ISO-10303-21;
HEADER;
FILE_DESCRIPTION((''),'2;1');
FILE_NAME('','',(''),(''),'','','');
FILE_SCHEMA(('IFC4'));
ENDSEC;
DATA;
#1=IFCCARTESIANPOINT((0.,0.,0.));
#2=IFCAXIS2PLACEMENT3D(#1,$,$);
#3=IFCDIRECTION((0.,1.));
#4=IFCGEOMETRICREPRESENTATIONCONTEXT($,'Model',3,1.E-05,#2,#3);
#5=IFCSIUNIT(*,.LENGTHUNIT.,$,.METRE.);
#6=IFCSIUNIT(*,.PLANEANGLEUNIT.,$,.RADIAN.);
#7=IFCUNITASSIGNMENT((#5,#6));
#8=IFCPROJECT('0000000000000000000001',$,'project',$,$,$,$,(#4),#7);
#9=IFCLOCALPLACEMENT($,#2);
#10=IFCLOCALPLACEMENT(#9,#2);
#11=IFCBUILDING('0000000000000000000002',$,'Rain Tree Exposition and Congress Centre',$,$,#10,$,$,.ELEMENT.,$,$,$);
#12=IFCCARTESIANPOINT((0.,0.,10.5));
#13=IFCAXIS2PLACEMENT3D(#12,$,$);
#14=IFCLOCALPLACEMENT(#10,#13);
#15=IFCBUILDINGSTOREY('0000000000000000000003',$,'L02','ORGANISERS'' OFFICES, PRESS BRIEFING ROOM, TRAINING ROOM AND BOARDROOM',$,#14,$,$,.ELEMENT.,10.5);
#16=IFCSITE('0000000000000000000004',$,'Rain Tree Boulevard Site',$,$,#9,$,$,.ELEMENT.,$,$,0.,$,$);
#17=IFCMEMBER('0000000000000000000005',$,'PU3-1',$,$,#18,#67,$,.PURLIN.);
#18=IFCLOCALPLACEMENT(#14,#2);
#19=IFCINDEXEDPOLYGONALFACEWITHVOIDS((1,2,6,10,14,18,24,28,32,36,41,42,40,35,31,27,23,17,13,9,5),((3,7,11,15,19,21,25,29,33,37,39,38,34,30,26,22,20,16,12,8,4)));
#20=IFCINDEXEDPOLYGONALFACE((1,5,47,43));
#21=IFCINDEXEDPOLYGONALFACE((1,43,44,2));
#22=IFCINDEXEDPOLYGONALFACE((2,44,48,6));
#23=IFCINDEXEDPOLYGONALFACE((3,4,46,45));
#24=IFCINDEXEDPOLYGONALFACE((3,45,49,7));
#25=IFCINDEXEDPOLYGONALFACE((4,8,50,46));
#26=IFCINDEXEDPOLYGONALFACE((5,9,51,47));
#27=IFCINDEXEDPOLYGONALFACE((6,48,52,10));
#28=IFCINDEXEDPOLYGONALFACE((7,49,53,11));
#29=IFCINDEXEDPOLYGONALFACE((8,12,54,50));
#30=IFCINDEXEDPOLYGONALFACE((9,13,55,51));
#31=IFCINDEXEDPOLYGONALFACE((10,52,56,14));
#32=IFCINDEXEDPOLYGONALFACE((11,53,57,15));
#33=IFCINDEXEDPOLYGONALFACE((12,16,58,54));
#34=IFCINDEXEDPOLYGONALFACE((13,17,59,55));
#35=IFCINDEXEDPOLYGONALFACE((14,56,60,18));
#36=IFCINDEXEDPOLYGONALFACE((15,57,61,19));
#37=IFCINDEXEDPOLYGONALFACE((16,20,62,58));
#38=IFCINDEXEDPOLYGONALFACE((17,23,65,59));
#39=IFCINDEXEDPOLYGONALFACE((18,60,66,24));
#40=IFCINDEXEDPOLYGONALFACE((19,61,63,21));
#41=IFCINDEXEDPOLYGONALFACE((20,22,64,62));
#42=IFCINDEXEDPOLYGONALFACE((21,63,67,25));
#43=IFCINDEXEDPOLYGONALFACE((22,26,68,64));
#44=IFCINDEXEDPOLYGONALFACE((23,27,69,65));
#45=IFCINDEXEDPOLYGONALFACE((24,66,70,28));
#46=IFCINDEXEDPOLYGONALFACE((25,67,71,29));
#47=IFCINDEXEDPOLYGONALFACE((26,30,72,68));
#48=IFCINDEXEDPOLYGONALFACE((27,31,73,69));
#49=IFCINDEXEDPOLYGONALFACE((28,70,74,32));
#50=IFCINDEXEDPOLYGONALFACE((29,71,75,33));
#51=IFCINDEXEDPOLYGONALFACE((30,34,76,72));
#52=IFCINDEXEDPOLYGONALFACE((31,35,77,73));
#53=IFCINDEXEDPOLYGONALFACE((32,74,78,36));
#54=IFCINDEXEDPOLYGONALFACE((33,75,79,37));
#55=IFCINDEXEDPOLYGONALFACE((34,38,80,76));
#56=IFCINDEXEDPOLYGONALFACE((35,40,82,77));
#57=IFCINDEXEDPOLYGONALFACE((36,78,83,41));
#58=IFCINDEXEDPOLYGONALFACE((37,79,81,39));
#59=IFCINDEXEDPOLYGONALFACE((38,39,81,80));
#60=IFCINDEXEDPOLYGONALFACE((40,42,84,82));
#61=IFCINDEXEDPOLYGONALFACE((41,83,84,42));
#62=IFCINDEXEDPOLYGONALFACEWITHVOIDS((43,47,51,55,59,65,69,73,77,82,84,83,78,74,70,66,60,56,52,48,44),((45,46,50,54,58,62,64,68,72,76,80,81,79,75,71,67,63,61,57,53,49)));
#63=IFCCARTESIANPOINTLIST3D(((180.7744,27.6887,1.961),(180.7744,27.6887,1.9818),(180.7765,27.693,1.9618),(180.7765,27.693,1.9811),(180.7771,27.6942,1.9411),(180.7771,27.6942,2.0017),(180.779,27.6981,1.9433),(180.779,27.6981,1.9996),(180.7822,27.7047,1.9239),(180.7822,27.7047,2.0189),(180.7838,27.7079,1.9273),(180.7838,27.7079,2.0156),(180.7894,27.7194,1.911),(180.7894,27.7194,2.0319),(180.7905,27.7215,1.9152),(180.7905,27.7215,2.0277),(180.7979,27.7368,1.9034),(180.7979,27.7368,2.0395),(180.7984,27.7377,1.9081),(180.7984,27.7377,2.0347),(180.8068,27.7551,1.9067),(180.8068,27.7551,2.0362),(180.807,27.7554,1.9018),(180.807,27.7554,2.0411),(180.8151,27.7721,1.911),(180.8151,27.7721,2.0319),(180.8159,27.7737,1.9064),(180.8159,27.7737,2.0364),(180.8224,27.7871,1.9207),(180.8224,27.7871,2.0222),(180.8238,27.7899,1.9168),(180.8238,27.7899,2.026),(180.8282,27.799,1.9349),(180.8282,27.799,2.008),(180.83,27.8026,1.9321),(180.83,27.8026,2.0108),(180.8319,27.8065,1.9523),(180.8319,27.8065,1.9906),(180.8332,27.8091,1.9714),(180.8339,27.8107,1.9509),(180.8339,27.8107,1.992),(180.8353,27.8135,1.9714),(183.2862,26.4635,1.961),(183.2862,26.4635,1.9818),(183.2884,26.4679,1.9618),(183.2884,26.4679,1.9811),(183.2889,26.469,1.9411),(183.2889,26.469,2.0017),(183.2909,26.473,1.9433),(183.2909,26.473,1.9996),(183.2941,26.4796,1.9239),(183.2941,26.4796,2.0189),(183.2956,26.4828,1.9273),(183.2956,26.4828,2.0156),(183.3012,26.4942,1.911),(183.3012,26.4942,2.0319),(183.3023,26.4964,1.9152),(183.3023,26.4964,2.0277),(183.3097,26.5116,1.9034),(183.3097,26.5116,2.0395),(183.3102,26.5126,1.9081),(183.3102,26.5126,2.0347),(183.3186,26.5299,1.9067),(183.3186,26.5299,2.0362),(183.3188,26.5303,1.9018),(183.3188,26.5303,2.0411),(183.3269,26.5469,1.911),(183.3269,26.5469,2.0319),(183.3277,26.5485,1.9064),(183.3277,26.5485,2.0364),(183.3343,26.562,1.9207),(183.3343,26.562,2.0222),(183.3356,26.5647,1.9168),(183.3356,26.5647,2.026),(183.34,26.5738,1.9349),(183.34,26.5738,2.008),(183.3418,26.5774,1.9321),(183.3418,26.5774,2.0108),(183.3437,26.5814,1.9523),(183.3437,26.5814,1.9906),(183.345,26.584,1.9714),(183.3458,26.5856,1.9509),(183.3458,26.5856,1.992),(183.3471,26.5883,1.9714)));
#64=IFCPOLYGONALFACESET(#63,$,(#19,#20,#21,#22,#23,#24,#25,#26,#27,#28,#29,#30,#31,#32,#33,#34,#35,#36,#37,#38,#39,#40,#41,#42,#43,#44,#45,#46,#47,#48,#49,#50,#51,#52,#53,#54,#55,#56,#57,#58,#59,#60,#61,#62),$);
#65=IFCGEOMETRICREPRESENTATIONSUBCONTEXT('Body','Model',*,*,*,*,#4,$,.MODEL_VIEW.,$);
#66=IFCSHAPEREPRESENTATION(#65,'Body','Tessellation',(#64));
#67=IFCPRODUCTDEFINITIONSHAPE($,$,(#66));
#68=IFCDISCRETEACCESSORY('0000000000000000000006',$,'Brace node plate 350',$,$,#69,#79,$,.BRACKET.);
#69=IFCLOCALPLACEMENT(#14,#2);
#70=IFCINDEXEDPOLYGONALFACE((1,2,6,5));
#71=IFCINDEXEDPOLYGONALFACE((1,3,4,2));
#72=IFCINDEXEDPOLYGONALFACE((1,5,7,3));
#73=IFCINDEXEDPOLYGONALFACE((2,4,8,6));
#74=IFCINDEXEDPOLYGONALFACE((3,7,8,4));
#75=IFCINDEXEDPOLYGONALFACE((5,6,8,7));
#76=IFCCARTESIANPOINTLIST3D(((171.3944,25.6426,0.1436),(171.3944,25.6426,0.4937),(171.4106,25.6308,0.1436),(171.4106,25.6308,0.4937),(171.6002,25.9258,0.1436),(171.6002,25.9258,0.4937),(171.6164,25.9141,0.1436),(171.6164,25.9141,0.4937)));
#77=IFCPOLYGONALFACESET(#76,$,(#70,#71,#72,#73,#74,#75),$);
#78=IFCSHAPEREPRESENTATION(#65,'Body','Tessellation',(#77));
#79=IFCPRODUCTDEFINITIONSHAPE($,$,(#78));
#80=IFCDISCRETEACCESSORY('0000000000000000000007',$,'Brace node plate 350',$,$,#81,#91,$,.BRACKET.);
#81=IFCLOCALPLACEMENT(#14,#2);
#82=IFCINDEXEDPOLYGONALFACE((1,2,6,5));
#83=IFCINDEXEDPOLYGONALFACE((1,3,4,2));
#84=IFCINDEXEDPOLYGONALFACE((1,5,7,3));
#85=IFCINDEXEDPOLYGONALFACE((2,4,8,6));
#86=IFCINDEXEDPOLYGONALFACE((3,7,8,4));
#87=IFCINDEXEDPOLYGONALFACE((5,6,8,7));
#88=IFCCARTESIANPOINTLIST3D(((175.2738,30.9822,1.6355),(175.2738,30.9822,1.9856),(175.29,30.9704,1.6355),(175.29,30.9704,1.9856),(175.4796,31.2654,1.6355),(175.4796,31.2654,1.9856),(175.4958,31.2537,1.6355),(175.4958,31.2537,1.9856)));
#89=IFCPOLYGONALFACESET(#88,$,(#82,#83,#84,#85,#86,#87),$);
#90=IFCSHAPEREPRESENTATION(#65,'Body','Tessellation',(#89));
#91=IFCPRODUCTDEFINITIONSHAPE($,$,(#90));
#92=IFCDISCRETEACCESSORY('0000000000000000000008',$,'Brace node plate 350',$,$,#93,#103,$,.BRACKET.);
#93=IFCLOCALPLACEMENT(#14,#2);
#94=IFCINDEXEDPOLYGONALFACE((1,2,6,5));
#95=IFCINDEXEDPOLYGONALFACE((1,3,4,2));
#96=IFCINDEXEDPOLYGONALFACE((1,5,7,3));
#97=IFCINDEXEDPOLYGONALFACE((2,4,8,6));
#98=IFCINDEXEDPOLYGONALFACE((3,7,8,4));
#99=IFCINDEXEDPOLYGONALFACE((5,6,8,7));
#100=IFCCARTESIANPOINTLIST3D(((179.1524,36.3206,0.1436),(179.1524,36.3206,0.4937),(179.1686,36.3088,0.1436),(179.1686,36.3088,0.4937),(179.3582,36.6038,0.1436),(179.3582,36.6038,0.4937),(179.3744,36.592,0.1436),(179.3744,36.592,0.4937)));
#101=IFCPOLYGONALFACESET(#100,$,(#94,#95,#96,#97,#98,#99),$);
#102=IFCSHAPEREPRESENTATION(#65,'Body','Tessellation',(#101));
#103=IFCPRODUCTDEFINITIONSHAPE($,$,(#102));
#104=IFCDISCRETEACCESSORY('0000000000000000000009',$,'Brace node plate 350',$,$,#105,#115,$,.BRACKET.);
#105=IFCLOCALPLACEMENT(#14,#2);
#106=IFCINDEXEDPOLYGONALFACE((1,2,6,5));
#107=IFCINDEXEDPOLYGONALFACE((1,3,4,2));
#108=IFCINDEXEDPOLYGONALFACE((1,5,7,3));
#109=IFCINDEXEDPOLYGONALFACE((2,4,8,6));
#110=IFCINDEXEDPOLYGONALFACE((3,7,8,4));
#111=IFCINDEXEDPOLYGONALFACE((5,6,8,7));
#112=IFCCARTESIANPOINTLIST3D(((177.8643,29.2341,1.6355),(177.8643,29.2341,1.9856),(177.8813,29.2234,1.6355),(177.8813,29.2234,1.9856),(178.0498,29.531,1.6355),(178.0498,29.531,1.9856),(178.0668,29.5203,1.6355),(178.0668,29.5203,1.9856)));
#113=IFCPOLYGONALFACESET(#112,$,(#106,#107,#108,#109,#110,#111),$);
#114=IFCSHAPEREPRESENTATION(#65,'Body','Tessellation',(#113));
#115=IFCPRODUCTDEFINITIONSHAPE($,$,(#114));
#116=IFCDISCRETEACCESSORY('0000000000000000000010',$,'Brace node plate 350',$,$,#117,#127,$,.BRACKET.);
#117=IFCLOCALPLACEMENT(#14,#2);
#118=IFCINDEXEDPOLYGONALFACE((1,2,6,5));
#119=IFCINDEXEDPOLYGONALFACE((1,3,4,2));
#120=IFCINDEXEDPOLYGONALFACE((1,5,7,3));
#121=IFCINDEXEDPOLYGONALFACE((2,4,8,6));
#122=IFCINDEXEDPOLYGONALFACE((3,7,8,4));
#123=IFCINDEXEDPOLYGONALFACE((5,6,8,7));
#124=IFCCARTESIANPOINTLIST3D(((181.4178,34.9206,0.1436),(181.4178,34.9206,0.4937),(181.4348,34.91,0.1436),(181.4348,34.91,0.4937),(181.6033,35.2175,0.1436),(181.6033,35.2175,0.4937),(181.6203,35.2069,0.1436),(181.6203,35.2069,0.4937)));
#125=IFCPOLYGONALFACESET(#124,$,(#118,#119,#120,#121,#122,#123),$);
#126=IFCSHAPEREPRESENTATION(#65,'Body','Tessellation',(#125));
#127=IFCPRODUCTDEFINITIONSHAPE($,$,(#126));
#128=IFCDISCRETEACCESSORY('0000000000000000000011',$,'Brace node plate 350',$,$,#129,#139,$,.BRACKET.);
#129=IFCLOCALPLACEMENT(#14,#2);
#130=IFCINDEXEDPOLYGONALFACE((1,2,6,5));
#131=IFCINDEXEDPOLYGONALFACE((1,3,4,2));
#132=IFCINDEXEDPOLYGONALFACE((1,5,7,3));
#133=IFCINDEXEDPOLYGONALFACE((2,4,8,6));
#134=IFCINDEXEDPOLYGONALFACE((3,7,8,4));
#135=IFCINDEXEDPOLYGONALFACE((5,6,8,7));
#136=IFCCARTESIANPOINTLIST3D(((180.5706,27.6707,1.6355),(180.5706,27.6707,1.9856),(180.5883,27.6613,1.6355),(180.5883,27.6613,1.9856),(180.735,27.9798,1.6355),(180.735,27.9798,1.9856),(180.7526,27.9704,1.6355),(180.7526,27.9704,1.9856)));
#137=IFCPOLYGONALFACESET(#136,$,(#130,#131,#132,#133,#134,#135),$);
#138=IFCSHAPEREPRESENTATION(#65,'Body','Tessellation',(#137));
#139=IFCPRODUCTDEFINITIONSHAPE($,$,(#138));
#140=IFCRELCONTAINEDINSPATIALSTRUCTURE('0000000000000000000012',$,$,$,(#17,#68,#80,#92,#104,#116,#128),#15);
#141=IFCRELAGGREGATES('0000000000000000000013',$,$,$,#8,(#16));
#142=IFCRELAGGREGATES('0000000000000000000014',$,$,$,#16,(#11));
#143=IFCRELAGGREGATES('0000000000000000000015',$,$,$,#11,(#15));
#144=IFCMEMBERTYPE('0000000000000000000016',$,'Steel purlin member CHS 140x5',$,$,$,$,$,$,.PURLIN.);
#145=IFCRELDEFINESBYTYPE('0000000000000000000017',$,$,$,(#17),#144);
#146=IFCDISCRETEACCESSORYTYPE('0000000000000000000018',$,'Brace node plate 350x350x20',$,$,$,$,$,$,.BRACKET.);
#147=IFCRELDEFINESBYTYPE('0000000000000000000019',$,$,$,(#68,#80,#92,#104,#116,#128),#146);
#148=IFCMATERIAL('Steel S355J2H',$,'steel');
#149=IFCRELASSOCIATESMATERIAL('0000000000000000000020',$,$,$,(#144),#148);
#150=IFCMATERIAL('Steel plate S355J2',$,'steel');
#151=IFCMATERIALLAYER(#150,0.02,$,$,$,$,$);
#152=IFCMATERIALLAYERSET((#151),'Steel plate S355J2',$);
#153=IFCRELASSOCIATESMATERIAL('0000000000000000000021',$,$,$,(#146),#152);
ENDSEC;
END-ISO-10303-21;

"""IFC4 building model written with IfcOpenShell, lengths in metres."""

from ifc_helpers import new_model, si_unit, direction, frame, origin, origin_2d, place, context, subcontext, project, spatial, rectangle, hollow_circle, extrude, material, layer, layer_set, material_profile, profile_set, type_object, element, save


model = new_model("IFC4")

# Units and contexts
model_context = context("Model", 3, precision=1e-05, world=origin(), true_north=direction((0.0, 1.0)))
body_context = subcontext(model_context, "Body", "Model", "MODEL_VIEW")
ifc_project = project(units=[si_unit("LENGTHUNIT", "METRE"), si_unit("PLANEANGLEUNIT", "RADIAN")], contexts=[model_context])

# Site, building, storey
site_placement = place(None, origin())
site = spatial("IfcSite", under=ifc_project, at=site_placement, Name="Rain Tree Boulevard Site", CompositionType="ELEMENT", RefElevation=0.0)
building_placement = place(site_placement, origin())
building = spatial("IfcBuilding", under=site, at=building_placement, Name="Rain Tree Exposition and Congress Centre", CompositionType="ELEMENT")
storey_placement = place(building_placement, frame((0.0, 0.0, 10.5)))
storey = spatial("IfcBuildingStorey", under=building, at=storey_placement, Name="L02", Description="ORGANISERS' OFFICES, PRESS BRIEFING ROOM, TRAINING ROOM AND BOARDROOM", CompositionType="ELEMENT", Elevation=10.5)

# Member
ifc_material_1 = material(Name="Steel S355J2H", Category="steel")
ifc_material_profile_1 = material_profile(ifc_material_1, hollow_circle(Radius=0.0698, WallThickness=0.0049, at=origin_2d()), Name="CHS 140x5")
ifc_profile_set_1 = profile_set([ifc_material_profile_1], Name="Steel S355J2H")
member_type_1 = type_object("IfcMemberType", Name="Steel purlin member CHS 140x5", PredefinedType="PURLIN", material=ifc_profile_set_1)
member_1_placement = place(storey_placement, frame((180.8047, 27.7507, 1.9714), z_axis=(0.898787, -0.438386, 0.0), x_axis=(0.438386, 0.898787, 0.0)))
element("IfcMember", 1, at=member_1_placement, inside=storey, type_object=member_type_1, Name="PU3-1", PredefinedType="PURLIN", context=body_context, shape_type="SweptSolid", body=[
    extrude(hollow_circle(Radius=0.0698, WallThickness=0.0049, at=origin_2d()), origin(), (0.0, 0.0, 1.0), 2.7947),
])

# Discrete accessories
ifc_material_2 = material(Name="Steel plate S355J2", Category="steel")
ifc_layer_1 = layer(ifc_material_2, 0.02)
ifc_layer_set_1 = layer_set([ifc_layer_1], Name="Steel plate S355J2")
discrete_accessory_type = type_object("IfcDiscreteAccessoryType", Name="Brace node plate 350x350x20", PredefinedType="BRACKET", material=ifc_layer_set_1)
for number, where, z_axis, x_axis, name in (
    (2, (171.5054, 25.7783, 0.1436), (0.0, 0.0, 1.0), (0.587785, 0.809017, 0.0), "Brace node plate 350"),
    (3, (175.3848, 31.1179, 1.6355), (0.0, 0.0, 1.0), (0.587785, 0.809017, 0.0), "Brace node plate 350"),
    (4, (179.2634, 36.4563, 0.1436), (0.0, 0.0, 1.0), (-0.587785, -0.809017, 0.0), "Brace node plate 350"),
    (5, (177.9656, 29.3772, 1.6355), (0.0, 0.0, 1.0), (0.529919, 0.848048, 0.0), "Brace node plate 350"),
    (6, (181.519, 35.0637, 0.1436), (0.0, 0.0, 1.0), (-0.529919, -0.848048, 0.0), "Brace node plate 350"),
    (7, (180.6616, 27.8206, 1.6355), (0.0, 0.0, 1.0), (0.469472, 0.882948, 0.0), "Brace node plate 350"),
):
    element("IfcDiscreteAccessory", number, at=place(storey_placement, frame(where, z_axis=z_axis, x_axis=x_axis)), inside=storey, type_object=discrete_accessory_type, Name=name, PredefinedType="BRACKET", context=body_context, shape_type="SweptSolid", body=[
        extrude(rectangle(XDim=0.3501, YDim=0.02, at=origin_2d()), origin(), (0.0, 0.0, 1.0), 0.3501),
    ])

save(model, "model.ifc")
